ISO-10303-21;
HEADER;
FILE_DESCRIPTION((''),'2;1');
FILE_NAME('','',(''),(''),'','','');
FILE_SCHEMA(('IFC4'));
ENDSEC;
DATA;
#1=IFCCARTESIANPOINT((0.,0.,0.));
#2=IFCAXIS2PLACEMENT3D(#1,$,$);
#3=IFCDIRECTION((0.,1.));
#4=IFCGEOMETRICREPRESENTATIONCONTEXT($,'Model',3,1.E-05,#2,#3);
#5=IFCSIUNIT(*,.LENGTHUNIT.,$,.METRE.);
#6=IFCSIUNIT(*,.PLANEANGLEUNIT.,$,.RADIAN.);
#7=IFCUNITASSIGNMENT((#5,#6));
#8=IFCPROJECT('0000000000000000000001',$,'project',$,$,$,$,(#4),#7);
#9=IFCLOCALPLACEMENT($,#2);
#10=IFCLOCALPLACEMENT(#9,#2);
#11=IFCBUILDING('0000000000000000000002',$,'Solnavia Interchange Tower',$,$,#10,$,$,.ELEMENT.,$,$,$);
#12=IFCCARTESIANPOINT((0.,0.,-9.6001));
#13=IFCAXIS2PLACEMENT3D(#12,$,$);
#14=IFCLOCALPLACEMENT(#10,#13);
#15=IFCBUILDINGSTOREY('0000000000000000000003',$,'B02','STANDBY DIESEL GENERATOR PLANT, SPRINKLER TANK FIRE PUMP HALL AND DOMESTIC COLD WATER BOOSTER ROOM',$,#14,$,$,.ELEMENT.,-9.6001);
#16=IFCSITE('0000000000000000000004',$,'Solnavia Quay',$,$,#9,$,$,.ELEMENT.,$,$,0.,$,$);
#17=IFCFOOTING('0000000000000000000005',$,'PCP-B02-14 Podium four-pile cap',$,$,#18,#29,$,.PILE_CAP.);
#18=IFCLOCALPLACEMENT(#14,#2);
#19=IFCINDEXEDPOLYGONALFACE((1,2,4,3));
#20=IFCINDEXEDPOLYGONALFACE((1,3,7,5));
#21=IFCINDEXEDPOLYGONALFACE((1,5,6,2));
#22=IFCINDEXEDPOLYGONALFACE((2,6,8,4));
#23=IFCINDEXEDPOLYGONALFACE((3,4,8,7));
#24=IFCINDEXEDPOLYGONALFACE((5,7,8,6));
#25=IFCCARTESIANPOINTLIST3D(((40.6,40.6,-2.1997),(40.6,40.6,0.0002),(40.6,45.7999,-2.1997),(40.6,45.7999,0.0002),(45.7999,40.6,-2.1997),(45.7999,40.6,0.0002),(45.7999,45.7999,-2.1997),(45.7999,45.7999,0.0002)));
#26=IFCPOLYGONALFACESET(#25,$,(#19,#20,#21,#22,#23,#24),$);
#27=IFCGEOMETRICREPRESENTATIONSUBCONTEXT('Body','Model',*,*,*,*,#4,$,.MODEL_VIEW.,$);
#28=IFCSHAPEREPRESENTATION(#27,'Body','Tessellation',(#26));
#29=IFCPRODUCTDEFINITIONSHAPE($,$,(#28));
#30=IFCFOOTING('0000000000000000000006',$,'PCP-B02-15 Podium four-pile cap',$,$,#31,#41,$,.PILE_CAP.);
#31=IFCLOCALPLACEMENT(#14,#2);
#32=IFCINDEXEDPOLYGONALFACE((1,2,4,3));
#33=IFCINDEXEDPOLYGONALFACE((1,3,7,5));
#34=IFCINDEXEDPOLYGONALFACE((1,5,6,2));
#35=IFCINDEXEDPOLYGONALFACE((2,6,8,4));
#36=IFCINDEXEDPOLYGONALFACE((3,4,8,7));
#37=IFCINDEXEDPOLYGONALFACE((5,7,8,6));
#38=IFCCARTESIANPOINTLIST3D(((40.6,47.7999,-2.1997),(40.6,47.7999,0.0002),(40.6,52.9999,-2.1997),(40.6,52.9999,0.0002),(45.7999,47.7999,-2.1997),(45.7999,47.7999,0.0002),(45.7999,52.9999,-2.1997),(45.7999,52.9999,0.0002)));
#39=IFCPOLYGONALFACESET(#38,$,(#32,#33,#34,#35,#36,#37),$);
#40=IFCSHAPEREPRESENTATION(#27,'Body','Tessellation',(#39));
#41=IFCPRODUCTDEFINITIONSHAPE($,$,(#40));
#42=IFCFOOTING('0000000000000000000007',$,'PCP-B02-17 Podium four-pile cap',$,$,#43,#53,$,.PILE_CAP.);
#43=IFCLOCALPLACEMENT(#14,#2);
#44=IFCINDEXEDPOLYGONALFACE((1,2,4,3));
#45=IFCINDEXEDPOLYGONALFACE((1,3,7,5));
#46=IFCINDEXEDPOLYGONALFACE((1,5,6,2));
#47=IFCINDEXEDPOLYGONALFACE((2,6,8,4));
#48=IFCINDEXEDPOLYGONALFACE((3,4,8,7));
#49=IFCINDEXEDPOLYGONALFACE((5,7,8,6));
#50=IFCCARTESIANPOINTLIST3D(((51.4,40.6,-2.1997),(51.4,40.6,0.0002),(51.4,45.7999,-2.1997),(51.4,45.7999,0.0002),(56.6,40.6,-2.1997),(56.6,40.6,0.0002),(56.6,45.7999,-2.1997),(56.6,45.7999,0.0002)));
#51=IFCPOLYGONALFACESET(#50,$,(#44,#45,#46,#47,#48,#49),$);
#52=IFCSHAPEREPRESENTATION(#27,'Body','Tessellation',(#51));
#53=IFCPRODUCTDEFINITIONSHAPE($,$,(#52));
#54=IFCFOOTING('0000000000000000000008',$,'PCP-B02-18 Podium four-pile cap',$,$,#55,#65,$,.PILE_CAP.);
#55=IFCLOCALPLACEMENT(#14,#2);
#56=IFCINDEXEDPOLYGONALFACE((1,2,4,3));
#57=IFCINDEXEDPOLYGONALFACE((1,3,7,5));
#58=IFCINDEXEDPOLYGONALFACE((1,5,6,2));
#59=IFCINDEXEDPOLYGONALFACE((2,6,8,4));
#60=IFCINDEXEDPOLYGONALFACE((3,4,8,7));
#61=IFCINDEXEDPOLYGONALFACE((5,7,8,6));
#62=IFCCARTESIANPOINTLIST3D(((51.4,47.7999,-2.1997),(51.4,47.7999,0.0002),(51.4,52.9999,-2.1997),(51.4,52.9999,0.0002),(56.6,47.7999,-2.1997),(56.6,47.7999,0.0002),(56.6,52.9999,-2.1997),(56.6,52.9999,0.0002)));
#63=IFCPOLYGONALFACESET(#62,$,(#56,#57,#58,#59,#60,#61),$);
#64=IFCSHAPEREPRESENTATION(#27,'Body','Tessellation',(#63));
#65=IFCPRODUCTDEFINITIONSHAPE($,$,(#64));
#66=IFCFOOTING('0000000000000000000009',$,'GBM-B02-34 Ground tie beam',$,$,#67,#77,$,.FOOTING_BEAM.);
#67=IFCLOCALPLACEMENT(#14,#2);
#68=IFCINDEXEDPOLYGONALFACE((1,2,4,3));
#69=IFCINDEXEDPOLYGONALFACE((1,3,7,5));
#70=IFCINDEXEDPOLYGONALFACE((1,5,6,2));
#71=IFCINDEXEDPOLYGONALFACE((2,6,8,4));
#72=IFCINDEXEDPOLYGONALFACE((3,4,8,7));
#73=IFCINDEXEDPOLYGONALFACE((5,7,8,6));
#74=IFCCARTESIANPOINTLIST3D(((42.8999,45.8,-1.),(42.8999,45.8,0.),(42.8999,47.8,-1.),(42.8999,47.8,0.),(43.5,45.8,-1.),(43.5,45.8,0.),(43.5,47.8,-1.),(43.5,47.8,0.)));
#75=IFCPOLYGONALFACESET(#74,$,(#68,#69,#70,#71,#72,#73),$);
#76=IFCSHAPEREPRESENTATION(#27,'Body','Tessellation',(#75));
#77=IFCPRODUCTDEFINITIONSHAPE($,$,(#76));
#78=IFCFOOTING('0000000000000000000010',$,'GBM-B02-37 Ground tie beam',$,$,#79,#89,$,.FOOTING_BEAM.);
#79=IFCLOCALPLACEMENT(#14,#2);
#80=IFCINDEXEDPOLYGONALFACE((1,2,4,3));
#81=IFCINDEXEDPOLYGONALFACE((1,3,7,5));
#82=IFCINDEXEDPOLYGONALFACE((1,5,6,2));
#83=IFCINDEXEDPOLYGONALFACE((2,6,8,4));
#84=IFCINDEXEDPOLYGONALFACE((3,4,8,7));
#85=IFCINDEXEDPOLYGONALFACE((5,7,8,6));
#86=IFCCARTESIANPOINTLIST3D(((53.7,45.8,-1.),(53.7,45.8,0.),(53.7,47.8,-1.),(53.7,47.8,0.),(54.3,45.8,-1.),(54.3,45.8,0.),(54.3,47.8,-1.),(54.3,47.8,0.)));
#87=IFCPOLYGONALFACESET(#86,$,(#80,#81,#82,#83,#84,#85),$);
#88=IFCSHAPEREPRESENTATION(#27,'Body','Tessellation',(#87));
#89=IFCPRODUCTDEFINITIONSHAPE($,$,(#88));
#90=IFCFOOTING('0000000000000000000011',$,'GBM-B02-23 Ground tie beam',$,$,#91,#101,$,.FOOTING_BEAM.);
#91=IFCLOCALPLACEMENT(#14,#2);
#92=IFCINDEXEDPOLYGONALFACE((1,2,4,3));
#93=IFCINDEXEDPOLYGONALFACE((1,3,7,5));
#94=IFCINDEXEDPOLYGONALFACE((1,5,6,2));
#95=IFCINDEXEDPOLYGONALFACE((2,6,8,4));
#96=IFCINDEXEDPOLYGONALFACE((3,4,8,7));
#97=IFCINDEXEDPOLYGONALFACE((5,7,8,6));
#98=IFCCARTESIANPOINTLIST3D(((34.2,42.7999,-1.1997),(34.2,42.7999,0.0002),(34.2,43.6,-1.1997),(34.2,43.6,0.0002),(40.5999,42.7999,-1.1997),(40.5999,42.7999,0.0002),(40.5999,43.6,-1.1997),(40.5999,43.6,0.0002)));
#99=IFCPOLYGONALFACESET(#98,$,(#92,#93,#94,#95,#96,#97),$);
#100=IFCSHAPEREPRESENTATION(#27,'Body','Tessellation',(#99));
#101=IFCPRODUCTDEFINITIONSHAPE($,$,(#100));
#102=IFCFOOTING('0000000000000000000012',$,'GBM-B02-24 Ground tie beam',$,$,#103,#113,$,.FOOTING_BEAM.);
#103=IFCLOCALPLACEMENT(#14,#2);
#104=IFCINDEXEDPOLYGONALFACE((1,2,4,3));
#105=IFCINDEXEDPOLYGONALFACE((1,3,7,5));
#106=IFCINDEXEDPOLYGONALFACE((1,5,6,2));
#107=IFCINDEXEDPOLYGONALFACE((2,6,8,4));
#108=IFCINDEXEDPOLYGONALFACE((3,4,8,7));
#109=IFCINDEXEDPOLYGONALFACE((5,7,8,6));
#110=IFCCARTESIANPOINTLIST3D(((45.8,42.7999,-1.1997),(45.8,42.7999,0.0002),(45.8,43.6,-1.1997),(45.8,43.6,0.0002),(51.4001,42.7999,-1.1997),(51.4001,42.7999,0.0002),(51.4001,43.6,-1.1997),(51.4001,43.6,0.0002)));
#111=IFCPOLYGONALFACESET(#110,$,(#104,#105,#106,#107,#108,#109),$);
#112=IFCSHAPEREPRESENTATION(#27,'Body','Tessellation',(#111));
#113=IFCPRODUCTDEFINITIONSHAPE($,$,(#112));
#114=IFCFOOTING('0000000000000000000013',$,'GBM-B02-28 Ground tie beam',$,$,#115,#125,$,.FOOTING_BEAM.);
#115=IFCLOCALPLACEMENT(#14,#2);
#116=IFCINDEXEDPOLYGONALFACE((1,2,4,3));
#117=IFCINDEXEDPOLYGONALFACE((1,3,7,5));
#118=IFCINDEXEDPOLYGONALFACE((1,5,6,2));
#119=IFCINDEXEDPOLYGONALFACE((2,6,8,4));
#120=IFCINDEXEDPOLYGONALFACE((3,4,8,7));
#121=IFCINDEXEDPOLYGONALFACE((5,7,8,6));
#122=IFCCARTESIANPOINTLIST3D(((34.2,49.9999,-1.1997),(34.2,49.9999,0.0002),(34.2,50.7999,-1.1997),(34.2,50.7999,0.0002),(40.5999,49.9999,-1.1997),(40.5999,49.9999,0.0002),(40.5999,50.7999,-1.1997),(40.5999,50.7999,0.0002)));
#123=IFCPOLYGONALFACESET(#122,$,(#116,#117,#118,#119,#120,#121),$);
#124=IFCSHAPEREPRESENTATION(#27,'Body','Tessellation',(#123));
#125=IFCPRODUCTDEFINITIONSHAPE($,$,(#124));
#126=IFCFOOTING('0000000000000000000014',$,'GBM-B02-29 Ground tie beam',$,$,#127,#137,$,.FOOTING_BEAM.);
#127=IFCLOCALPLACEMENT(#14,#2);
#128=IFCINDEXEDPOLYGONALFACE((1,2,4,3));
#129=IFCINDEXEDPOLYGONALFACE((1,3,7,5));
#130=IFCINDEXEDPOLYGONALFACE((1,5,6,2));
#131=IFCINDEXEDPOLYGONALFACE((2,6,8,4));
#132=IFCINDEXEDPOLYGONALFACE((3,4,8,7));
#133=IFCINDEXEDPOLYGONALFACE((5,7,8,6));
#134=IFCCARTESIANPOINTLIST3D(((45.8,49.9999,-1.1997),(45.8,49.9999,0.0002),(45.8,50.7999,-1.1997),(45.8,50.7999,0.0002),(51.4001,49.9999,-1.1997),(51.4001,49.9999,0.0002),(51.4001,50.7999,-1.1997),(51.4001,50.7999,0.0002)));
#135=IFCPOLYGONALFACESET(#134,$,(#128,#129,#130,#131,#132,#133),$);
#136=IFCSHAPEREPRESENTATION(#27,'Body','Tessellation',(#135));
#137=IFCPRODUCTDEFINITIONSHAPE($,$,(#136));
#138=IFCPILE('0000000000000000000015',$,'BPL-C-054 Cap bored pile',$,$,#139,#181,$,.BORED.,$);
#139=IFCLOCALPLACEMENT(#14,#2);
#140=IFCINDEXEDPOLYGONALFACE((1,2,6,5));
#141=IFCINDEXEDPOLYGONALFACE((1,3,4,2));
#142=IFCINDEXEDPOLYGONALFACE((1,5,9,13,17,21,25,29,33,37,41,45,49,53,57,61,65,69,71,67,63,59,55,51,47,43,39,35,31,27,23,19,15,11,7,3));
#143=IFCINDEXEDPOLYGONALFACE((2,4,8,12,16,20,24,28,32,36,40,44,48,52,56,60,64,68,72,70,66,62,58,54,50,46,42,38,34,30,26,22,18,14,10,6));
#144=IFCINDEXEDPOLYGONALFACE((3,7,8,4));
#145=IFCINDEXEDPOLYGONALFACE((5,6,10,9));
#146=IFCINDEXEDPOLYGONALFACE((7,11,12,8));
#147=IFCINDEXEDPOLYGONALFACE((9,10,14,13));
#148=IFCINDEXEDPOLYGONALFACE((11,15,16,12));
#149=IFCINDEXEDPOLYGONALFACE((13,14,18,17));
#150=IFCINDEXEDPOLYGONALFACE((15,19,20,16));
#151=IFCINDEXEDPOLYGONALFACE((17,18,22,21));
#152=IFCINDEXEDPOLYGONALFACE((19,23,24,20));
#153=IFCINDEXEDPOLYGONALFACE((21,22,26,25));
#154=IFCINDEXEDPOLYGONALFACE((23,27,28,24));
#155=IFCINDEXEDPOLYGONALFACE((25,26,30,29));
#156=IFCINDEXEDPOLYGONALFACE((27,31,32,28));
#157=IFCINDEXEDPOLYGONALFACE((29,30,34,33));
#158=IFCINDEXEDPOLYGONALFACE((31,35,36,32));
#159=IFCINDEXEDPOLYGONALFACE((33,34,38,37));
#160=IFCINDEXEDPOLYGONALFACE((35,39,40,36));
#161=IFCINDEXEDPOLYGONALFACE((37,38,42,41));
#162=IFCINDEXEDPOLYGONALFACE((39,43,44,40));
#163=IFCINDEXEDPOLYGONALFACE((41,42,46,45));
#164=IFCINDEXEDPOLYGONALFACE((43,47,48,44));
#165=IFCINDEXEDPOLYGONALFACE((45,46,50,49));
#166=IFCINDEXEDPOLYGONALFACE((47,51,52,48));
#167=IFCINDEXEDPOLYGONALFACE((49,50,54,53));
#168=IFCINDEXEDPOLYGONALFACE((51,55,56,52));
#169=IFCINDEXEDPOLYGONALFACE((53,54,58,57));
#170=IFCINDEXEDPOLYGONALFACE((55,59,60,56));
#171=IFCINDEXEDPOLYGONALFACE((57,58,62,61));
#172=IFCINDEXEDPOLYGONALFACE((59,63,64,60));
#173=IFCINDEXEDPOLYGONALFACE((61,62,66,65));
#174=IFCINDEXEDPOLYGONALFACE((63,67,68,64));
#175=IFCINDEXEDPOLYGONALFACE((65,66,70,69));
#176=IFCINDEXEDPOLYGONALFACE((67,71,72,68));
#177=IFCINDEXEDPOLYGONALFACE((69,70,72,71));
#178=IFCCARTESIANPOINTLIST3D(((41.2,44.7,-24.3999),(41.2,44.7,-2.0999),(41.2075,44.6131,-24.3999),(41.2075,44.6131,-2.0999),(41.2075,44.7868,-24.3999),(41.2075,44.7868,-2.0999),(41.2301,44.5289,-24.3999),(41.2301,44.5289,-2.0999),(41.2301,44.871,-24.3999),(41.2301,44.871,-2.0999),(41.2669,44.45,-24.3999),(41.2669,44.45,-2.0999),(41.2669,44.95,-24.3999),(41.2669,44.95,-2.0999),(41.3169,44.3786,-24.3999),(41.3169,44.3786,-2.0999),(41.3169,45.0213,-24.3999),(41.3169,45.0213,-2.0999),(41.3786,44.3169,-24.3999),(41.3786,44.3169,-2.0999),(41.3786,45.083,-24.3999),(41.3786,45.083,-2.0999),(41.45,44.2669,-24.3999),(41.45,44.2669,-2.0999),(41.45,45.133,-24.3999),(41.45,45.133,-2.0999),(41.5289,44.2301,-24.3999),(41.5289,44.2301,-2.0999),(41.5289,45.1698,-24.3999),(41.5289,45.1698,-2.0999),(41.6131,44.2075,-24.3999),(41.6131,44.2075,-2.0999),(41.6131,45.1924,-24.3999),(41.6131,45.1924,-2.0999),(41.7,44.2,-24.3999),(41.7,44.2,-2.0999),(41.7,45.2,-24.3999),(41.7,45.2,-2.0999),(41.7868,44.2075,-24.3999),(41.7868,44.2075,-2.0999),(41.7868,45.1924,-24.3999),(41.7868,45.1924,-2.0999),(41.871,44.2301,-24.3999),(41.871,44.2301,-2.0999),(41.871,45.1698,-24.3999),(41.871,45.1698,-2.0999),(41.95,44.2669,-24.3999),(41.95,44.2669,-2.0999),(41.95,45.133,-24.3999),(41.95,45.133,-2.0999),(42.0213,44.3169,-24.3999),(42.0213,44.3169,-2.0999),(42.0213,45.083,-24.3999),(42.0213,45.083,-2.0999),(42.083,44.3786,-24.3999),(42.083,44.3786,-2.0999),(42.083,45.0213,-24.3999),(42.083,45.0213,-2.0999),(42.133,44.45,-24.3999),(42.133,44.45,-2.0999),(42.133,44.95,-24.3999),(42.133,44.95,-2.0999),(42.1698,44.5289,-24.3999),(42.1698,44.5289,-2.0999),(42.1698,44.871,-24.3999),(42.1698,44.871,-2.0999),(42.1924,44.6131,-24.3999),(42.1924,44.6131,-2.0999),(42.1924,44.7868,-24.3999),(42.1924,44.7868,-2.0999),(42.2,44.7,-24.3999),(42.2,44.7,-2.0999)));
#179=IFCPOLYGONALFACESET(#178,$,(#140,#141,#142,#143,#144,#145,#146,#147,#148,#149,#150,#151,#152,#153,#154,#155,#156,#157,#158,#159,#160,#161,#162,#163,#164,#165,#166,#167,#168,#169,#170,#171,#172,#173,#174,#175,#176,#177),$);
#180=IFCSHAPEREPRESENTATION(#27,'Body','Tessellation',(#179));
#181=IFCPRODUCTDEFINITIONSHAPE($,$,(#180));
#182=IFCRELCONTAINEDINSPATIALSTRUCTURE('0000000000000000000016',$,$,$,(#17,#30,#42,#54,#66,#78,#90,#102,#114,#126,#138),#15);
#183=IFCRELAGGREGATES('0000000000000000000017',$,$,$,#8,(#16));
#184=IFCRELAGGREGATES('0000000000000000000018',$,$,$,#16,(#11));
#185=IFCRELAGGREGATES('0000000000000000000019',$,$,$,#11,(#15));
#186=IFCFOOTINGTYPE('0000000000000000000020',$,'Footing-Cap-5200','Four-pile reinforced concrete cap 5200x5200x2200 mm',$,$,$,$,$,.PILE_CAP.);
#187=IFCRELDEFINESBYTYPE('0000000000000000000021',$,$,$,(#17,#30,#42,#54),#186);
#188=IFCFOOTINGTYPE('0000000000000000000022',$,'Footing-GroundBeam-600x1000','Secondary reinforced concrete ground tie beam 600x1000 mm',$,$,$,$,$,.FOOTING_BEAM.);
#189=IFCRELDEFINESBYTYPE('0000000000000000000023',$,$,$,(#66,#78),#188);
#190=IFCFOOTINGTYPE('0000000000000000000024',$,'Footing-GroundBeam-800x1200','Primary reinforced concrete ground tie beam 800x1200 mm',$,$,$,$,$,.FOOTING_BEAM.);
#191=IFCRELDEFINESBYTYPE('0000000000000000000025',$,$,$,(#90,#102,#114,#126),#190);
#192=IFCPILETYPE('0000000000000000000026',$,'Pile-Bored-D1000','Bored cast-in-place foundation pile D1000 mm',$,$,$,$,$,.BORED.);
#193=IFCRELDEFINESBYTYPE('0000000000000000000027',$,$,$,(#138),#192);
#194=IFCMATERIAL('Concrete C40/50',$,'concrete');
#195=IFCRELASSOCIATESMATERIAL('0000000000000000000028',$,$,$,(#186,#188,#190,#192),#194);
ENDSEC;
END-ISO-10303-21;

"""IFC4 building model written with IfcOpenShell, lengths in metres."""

from ifc_helpers import new_model, si_unit, direction, frame, origin, origin_2d, place, context, subcontext, project, spatial, rectangle, circle, extrude, material, material_profile, profile_set, type_object, element, save


model = new_model("IFC4")

# Units and contexts
model_context = context("Model", 3, precision=1e-05, world=origin(), true_north=direction((0.0, 1.0)))
body_context = subcontext(model_context, "Body", "Model", "MODEL_VIEW")
ifc_project = project(units=[si_unit("LENGTHUNIT", "METRE"), si_unit("PLANEANGLEUNIT", "RADIAN")], contexts=[model_context])

# Site, building, storey
site_placement = place(None, origin())
site = spatial("IfcSite", under=ifc_project, at=site_placement, Name="Solnavia Quay", CompositionType="ELEMENT", RefElevation=0.0)
building_placement = place(site_placement, origin())
building = spatial("IfcBuilding", under=site, at=building_placement, Name="Solnavia Interchange Tower", CompositionType="ELEMENT")
storey_placement = place(building_placement, frame((0.0, 0.0, -9.6001)))
storey = spatial("IfcBuildingStorey", under=building, at=storey_placement, Name="B02", Description="STANDBY DIESEL GENERATOR PLANT, SPRINKLER TANK FIRE PUMP HALL AND DOMESTIC COLD WATER BOOSTER ROOM", CompositionType="ELEMENT", Elevation=-9.6001)

# Footings
ifc_material_1 = material(Name="Concrete C40/50", Category="concrete")
footing_type_1 = type_object("IfcFootingType", Name="Footing-Cap-5200", Description="Four-pile reinforced concrete cap 5200x5200x2200 mm", PredefinedType="PILE_CAP", material=ifc_material_1)
for number, where, z_axis, x_axis, name in (
    (1, (43.2, 43.2, -2.1997), (0.0, 0.0, 1.0), (1.0, 0.0, 0.0), "PCP-B02-14 Podium four-pile cap"),
    (2, (43.2, 50.3999, -2.1997), (0.0, 0.0, 1.0), (1.0, 0.0, 0.0), "PCP-B02-15 Podium four-pile cap"),
    (3, (54.0, 43.2, -2.1997), (0.0, 0.0, 1.0), (1.0, 0.0, 0.0), "PCP-B02-17 Podium four-pile cap"),
    (4, (54.0, 50.3999, -2.1997), (0.0, 0.0, 1.0), (1.0, 0.0, 0.0), "PCP-B02-18 Podium four-pile cap"),
):
    element("IfcFooting", number, at=place(storey_placement, frame(where, z_axis=z_axis, x_axis=x_axis)), inside=storey, type_object=footing_type_1, Name=name, PredefinedType="PILE_CAP", context=body_context, shape_type="SweptSolid", body=[
        extrude(rectangle(XDim=5.2, YDim=5.2, at=origin_2d()), origin(), (0.0, 0.0, 1.0), 2.2),
    ])
footing_type_2 = type_object("IfcFootingType", Name="Footing-GroundBeam-600x1000", Description="Secondary reinforced concrete ground tie beam 600x1000 mm", PredefinedType="FOOTING_BEAM", material=ifc_material_1)
for number, where, z_axis, x_axis, name in (
    (5, (43.2, 46.8, -1.0), (0.0, 0.0, 1.0), (0.0, 1.0, 0.0), "GBM-B02-34 Ground tie beam"),
    (6, (54.0, 46.8, -1.0), (0.0, 0.0, 1.0), (0.0, 1.0, 0.0), "GBM-B02-37 Ground tie beam"),
):
    element("IfcFooting", number, at=place(storey_placement, frame(where, z_axis=z_axis, x_axis=x_axis)), inside=storey, type_object=footing_type_2, Name=name, PredefinedType="FOOTING_BEAM", context=body_context, shape_type="SweptSolid", body=[
        extrude(rectangle(XDim=2.0, YDim=0.6001, at=origin_2d()), origin(), (0.0, 0.0, 1.0), 1.0),
    ])
footing_type_3 = type_object("IfcFootingType", Name="Footing-GroundBeam-800x1200", Description="Primary reinforced concrete ground tie beam 800x1200 mm", PredefinedType="FOOTING_BEAM", material=ifc_material_1)
footing_1_placement = place(storey_placement, frame((37.3999, 43.2, -1.1997), z_axis=(0.0, 0.0, 1.0), x_axis=(1.0, 0.0, 0.0)))
element("IfcFooting", 7, at=footing_1_placement, inside=storey, type_object=footing_type_3, Name="GBM-B02-23 Ground tie beam", PredefinedType="FOOTING_BEAM", context=body_context, shape_type="SweptSolid", body=[
    extrude(rectangle(XDim=6.3999, YDim=0.8, at=origin_2d()), origin(), (0.0, 0.0, 1.0), 1.2),
])
footing_2_placement = place(storey_placement, frame((48.6001, 43.2, -1.1997), z_axis=(0.0, 0.0, 1.0), x_axis=(1.0, 0.0, 0.0)))
element("IfcFooting", 8, at=footing_2_placement, inside=storey, type_object=footing_type_3, Name="GBM-B02-24 Ground tie beam", PredefinedType="FOOTING_BEAM", context=body_context, shape_type="SweptSolid", body=[
    extrude(rectangle(XDim=5.6001, YDim=0.8, at=origin_2d()), origin(), (0.0, 0.0, 1.0), 1.2),
])
footing_3_placement = place(storey_placement, frame((37.3999, 50.3999, -1.1997), z_axis=(0.0, 0.0, 1.0), x_axis=(1.0, 0.0, 0.0)))
element("IfcFooting", 9, at=footing_3_placement, inside=storey, type_object=footing_type_3, Name="GBM-B02-28 Ground tie beam", PredefinedType="FOOTING_BEAM", context=body_context, shape_type="SweptSolid", body=[
    extrude(rectangle(XDim=6.3999, YDim=0.8, at=origin_2d()), origin(), (0.0, 0.0, 1.0), 1.2),
])
footing_4_placement = place(storey_placement, frame((48.6001, 50.3999, -1.1997), z_axis=(0.0, 0.0, 1.0), x_axis=(1.0, 0.0, 0.0)))
element("IfcFooting", 10, at=footing_4_placement, inside=storey, type_object=footing_type_3, Name="GBM-B02-29 Ground tie beam", PredefinedType="FOOTING_BEAM", context=body_context, shape_type="SweptSolid", body=[
    extrude(rectangle(XDim=5.6001, YDim=0.8, at=origin_2d()), origin(), (0.0, 0.0, 1.0), 1.2),
])

# Pile
ifc_material_profile_1 = material_profile(ifc_material_1, circle(Radius=0.5, at=origin_2d()), Name="PILE D1000")
ifc_profile_set_1 = profile_set([ifc_material_profile_1], Name="Concrete C40/50")
pile_type = type_object("IfcPileType", Name="Pile-Bored-D1000", Description="Bored cast-in-place foundation pile D1000 mm", PredefinedType="BORED", material=ifc_profile_set_1)
for number, where, z_axis, x_axis, name in (
    (11, (41.7, 44.7, -2.0999), (0.0, 0.0, -1.0), (1.0, 0.0, 0.0), "BPL-C-054 Cap bored pile"),
):
    element("IfcPile", number, at=place(storey_placement, frame(where, z_axis=z_axis, x_axis=x_axis)), inside=storey, type_object=pile_type, Name=name, PredefinedType="BORED", context=body_context, shape_type="SweptSolid", body=[
        extrude(circle(Radius=0.5, at=origin_2d()), origin(), (0.0, 0.0, 1.0), 22.3),
    ])

save(model, "model.ifc")
